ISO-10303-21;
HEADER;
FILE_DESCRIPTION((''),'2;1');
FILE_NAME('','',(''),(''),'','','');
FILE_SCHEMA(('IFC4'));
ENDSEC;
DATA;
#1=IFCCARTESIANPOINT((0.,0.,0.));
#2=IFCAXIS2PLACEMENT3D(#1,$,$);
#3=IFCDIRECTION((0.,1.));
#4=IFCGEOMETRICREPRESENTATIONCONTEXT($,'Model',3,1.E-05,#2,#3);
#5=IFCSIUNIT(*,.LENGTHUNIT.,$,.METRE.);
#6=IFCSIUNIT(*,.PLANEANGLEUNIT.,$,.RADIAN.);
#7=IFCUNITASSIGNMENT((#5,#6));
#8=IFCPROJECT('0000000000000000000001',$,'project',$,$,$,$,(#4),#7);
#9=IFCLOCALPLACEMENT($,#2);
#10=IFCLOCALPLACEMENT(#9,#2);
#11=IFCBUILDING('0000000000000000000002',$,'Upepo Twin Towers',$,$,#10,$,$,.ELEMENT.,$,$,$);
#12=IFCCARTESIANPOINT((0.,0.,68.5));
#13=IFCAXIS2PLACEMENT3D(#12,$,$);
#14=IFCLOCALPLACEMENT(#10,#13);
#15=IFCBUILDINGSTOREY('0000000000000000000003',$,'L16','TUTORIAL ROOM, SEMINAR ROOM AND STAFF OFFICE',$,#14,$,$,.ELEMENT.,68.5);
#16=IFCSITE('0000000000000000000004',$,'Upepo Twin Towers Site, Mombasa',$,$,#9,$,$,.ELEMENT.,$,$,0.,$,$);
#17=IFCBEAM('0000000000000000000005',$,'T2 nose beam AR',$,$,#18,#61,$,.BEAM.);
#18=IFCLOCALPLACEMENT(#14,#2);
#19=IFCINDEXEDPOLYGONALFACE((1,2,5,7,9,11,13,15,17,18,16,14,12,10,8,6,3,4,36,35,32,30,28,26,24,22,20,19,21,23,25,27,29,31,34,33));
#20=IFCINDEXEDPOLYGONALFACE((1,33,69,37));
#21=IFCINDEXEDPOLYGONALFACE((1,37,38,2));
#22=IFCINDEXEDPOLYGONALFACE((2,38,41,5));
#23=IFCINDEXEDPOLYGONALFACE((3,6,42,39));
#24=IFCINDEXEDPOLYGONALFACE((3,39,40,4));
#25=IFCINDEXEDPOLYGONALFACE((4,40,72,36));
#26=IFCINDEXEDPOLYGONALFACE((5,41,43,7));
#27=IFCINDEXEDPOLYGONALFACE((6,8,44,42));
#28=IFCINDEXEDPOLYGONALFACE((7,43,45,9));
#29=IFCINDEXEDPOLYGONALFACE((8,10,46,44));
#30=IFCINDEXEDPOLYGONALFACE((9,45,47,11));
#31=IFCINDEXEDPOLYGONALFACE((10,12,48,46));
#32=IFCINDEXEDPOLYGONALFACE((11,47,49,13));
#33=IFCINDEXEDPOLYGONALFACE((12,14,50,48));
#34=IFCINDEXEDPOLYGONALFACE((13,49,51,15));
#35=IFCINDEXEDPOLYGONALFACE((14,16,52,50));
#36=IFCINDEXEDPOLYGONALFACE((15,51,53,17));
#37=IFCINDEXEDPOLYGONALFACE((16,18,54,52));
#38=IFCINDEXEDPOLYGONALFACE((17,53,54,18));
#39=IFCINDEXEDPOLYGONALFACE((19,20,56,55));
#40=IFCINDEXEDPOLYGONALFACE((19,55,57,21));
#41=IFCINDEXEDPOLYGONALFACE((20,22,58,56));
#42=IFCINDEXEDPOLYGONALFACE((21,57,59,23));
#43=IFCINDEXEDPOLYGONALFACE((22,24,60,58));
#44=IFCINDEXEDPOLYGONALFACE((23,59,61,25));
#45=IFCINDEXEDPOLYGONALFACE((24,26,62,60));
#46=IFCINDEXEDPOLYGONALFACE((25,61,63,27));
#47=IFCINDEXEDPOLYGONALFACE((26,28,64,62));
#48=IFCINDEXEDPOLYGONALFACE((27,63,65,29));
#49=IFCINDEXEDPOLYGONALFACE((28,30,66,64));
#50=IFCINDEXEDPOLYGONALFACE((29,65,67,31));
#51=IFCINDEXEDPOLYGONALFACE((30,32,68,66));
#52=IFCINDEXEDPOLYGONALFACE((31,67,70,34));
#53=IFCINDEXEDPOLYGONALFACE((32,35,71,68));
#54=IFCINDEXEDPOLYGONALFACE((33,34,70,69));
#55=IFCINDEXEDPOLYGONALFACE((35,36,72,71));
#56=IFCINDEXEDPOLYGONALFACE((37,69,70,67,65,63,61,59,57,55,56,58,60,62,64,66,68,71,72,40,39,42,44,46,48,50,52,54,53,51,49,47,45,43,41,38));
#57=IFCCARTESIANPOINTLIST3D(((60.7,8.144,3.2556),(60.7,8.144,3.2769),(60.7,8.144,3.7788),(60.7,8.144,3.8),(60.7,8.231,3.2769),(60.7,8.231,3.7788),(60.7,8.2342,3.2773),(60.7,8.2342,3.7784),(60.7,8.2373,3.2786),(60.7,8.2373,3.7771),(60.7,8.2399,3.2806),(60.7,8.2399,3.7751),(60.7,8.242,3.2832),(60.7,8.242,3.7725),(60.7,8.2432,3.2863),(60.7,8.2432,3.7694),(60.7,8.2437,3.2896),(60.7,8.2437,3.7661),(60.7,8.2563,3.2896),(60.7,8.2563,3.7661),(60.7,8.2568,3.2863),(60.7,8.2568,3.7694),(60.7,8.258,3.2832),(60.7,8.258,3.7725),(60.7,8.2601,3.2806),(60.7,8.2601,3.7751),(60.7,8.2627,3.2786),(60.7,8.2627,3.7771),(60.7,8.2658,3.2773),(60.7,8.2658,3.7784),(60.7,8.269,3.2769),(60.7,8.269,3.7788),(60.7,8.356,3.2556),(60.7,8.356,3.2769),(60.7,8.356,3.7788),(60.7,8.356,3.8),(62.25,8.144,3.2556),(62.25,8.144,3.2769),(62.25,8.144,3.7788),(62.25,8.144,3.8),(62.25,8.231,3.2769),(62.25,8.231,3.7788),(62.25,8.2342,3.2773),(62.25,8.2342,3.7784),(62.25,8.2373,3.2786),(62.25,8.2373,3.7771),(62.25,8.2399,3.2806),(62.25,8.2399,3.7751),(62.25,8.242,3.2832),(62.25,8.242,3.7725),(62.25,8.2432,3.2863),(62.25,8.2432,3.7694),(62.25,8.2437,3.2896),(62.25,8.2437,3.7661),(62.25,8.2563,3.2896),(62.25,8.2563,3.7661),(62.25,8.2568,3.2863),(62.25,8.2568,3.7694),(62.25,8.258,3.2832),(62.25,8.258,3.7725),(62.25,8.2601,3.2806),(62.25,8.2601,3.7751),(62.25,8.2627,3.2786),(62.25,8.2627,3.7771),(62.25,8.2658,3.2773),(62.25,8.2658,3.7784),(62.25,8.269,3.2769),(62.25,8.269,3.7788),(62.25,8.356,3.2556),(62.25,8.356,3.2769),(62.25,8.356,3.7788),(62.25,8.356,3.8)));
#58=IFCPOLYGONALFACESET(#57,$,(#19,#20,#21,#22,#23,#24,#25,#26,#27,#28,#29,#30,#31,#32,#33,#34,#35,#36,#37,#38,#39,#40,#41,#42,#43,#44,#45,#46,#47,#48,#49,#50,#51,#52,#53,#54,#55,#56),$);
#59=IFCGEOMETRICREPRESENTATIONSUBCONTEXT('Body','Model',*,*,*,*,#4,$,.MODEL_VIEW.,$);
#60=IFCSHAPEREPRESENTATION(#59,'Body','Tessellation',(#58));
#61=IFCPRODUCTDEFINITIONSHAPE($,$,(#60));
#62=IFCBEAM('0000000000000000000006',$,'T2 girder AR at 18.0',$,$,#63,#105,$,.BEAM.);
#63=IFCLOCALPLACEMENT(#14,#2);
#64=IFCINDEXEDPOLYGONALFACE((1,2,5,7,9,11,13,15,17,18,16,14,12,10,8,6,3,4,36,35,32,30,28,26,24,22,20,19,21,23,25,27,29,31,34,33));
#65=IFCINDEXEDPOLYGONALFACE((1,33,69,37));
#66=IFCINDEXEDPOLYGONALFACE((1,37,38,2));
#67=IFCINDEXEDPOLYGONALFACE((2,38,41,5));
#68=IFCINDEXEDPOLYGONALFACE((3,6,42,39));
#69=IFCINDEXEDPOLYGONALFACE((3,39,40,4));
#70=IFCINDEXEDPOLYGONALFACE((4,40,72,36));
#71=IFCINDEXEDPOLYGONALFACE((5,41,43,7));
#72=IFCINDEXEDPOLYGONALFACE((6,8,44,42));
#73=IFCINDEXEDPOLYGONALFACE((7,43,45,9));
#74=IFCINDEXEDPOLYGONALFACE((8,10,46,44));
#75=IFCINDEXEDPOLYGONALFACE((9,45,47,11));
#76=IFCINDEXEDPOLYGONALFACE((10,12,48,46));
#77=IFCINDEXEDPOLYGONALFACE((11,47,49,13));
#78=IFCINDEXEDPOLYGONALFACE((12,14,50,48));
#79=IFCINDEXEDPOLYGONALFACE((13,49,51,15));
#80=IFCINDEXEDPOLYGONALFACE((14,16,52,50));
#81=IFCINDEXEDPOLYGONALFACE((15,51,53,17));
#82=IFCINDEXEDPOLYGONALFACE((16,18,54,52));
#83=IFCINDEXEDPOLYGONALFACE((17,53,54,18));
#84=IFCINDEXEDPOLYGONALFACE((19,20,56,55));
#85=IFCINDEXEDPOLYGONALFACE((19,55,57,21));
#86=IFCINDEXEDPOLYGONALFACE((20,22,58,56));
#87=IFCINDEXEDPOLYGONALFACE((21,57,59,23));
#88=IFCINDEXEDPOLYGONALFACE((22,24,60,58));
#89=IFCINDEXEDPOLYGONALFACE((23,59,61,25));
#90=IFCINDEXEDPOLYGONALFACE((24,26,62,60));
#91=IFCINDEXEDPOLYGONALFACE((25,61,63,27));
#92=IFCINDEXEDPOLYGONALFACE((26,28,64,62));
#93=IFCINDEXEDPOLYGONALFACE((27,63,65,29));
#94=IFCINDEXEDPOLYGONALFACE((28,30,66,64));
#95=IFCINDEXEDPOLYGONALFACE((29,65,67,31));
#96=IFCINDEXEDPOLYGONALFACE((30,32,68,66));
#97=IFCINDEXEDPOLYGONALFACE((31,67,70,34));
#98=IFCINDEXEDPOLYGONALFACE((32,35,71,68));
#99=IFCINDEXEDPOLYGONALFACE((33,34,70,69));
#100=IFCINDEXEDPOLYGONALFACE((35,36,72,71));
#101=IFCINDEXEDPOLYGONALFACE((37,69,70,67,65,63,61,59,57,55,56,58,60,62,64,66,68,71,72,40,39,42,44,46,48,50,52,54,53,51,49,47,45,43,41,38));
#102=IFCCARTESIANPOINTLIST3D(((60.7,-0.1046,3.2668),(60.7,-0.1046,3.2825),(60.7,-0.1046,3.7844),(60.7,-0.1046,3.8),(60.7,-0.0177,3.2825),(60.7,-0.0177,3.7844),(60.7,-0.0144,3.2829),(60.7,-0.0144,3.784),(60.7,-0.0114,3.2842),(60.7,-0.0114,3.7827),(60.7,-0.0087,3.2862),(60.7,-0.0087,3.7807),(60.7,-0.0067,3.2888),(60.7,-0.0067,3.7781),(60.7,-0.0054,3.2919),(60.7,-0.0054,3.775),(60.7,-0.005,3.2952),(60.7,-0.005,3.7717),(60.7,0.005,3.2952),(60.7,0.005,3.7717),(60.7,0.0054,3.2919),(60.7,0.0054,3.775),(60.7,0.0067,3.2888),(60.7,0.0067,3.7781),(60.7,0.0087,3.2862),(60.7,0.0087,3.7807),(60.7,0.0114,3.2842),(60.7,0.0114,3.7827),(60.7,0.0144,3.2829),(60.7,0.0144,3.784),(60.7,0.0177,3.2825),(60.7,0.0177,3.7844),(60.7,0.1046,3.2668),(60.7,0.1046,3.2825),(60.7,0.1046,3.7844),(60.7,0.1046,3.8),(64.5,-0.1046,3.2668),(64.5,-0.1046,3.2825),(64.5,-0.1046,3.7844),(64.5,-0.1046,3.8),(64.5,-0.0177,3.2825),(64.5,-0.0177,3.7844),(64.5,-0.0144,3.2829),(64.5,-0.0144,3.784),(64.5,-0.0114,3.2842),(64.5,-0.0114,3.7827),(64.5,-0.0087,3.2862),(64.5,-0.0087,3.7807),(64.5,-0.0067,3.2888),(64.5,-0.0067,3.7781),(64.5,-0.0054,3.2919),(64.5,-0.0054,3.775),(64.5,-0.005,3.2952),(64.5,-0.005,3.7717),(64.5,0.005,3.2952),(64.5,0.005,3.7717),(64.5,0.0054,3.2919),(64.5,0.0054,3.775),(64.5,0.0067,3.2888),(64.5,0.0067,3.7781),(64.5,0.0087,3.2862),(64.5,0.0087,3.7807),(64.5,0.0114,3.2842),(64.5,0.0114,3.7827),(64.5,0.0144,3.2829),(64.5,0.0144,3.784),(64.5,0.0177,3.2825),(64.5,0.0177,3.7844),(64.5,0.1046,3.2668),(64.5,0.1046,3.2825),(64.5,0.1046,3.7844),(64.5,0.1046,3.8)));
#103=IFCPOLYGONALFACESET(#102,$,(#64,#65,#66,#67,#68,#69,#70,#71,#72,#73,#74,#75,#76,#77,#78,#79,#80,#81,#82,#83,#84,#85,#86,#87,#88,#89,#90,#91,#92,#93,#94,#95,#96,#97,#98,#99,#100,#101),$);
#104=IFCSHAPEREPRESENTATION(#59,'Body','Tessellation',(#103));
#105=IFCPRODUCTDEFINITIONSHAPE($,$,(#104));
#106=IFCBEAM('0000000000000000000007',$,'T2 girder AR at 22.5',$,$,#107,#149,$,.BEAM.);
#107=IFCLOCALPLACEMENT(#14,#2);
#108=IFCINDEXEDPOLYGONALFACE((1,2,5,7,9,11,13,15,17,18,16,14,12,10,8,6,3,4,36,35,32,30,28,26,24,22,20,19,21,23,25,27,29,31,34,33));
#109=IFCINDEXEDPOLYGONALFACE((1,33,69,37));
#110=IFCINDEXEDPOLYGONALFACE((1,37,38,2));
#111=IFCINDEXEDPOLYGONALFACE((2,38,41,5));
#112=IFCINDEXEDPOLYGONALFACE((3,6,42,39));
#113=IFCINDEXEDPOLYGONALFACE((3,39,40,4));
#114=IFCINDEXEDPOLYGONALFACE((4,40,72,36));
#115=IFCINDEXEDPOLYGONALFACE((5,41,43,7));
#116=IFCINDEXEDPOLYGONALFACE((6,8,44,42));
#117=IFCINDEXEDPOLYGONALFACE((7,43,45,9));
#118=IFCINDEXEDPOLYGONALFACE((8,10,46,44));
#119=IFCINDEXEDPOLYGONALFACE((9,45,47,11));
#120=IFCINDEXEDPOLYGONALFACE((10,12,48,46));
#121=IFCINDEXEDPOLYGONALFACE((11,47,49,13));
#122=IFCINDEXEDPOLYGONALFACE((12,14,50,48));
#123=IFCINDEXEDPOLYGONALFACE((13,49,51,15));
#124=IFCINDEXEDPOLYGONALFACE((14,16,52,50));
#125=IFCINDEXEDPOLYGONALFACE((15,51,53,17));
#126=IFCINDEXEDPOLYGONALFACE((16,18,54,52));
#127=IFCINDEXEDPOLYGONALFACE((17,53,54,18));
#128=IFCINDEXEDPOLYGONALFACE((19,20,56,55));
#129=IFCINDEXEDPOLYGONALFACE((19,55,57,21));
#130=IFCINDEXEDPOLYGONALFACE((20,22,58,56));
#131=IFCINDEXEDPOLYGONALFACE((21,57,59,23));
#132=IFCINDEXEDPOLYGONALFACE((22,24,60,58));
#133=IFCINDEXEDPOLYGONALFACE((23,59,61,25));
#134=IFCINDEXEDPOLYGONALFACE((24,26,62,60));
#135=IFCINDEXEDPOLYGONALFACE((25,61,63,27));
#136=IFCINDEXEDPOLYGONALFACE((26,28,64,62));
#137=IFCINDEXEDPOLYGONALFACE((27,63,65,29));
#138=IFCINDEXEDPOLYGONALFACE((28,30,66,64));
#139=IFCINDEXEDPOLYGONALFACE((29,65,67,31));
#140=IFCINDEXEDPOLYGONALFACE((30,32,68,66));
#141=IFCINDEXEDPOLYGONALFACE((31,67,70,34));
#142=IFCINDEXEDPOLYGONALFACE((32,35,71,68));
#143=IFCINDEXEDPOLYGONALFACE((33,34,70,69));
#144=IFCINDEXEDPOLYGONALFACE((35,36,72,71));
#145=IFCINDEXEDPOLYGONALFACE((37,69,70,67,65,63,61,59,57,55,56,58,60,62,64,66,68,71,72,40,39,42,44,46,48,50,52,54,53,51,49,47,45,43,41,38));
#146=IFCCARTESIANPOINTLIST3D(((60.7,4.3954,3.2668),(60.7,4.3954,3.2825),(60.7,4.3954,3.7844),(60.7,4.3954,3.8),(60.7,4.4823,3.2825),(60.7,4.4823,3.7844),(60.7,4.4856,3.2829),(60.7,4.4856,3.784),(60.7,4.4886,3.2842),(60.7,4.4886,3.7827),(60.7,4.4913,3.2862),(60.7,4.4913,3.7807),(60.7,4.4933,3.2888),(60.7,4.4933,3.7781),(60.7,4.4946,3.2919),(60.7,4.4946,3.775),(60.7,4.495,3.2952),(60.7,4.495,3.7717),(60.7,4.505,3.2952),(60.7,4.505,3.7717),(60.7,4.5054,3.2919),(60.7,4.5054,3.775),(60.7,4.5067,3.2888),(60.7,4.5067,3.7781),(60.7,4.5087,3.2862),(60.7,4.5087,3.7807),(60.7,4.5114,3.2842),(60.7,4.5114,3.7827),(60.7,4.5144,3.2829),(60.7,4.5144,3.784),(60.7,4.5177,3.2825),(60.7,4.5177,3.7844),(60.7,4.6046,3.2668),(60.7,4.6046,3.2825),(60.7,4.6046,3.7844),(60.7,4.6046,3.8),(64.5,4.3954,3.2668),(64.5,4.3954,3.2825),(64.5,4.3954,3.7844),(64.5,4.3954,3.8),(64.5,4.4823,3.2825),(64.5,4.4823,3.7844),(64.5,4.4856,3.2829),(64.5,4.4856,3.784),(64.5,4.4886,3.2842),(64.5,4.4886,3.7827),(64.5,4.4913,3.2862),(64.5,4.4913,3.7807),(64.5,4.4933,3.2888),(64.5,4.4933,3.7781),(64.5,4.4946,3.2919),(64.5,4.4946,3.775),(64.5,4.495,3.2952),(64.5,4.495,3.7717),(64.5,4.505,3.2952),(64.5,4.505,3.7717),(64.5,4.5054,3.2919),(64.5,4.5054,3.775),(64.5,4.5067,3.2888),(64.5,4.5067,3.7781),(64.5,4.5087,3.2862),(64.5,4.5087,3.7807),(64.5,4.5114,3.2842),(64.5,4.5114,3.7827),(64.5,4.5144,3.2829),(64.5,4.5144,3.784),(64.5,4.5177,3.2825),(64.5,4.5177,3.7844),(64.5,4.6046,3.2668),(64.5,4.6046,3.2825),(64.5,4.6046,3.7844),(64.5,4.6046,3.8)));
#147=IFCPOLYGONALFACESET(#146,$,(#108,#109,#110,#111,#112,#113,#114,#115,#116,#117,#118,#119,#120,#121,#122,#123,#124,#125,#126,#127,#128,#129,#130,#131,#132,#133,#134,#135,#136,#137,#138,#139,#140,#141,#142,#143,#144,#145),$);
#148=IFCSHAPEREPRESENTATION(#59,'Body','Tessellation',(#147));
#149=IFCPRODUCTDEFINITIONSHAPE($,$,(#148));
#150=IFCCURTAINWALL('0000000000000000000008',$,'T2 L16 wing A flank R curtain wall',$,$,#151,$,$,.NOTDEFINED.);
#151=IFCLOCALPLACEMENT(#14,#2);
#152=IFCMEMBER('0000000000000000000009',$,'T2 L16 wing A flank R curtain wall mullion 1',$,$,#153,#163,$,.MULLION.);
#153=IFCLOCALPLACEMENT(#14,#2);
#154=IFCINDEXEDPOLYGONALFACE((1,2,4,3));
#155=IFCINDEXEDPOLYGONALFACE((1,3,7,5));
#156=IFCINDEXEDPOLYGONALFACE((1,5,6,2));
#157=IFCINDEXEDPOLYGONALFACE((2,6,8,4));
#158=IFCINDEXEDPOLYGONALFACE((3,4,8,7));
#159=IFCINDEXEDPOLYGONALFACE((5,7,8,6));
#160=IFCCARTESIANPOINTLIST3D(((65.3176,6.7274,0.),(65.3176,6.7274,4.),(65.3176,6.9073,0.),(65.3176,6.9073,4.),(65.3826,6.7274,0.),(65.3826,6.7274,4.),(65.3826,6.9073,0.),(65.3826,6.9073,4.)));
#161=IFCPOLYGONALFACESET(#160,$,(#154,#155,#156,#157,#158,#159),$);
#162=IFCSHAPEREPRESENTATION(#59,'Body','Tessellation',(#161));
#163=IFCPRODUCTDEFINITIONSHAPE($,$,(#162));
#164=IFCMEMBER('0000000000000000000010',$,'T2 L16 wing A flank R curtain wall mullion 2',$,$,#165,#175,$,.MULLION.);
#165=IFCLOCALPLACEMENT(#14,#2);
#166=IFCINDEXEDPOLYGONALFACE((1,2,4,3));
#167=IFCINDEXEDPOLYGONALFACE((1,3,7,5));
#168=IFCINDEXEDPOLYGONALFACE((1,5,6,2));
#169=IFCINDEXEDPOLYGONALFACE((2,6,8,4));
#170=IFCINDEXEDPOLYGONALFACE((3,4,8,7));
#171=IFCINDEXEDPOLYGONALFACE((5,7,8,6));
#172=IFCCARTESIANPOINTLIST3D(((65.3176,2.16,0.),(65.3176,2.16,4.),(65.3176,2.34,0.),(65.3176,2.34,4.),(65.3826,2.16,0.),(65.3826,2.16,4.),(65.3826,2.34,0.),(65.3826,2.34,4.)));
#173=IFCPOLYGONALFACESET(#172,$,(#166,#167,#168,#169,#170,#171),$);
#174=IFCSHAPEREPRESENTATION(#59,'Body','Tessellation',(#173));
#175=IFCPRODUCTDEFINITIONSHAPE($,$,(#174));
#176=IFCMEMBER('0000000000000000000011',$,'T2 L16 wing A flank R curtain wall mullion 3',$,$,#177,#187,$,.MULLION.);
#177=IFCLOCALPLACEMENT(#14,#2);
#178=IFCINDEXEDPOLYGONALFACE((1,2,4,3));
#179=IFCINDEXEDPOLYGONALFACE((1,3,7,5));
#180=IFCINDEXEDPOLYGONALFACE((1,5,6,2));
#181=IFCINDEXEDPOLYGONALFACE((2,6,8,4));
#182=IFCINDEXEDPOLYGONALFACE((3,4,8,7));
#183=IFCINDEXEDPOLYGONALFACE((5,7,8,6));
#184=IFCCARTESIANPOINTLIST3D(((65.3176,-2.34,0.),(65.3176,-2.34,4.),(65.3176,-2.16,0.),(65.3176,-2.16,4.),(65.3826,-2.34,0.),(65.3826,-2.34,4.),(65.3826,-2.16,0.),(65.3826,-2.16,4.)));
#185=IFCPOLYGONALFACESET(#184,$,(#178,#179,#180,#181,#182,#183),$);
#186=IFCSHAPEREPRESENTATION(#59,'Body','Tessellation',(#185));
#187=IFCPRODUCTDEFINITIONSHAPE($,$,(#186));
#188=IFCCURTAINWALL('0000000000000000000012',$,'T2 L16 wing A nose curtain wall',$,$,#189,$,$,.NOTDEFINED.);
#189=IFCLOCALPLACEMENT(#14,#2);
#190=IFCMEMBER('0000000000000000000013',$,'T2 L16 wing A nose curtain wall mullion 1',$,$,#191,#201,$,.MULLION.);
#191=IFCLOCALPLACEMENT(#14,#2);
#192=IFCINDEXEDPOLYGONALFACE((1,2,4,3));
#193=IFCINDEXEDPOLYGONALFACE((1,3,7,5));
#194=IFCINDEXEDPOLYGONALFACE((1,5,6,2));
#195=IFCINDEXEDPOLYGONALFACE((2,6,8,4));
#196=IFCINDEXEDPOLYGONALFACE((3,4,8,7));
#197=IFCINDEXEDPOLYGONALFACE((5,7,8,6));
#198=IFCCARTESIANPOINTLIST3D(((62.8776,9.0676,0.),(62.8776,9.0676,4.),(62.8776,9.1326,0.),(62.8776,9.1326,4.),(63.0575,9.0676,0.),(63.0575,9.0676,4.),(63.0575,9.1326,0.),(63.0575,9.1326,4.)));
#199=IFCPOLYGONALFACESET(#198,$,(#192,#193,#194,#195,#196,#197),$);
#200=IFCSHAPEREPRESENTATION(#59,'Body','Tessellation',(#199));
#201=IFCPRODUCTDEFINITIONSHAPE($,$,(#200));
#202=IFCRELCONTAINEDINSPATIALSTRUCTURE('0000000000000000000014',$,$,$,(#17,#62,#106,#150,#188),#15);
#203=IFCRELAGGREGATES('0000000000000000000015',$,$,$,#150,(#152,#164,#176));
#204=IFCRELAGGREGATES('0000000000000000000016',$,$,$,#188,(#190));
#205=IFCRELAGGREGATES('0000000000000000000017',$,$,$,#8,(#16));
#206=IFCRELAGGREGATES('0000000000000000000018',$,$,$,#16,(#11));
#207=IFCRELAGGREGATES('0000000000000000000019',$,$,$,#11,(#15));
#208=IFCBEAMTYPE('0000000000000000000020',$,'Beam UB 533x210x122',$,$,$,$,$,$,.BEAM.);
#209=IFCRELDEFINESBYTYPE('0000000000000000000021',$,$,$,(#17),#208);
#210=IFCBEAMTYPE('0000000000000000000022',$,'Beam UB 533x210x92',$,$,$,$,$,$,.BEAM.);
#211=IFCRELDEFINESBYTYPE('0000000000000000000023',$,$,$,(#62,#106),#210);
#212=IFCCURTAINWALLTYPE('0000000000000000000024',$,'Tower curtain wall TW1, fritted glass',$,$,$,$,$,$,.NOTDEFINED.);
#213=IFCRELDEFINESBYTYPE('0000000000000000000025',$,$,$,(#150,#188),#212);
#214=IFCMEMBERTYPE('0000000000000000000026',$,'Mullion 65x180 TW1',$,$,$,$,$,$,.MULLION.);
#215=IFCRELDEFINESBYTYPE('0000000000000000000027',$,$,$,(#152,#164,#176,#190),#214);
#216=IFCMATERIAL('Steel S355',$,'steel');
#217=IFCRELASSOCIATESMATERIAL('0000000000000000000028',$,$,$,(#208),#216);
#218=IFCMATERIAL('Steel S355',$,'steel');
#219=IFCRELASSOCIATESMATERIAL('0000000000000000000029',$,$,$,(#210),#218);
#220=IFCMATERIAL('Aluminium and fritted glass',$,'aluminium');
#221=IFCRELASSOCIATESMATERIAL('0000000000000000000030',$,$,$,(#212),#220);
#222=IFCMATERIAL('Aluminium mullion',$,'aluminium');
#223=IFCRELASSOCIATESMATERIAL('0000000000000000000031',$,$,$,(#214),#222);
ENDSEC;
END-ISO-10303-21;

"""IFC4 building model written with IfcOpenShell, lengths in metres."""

from ifc_helpers import new_model, si_unit, direction, frame, origin, origin_2d, place, context, subcontext, project, spatial, rectangle, i_section, extrude, material, material_profile, profile_set, type_object, element, aggregate, save


model = new_model("IFC4")

# Units and contexts
model_context = context("Model", 3, precision=1e-05, world=origin(), true_north=direction((0.0, 1.0)))
body_context = subcontext(model_context, "Body", "Model", "MODEL_VIEW")
ifc_project = project(units=[si_unit("LENGTHUNIT", "METRE"), si_unit("PLANEANGLEUNIT", "RADIAN")], contexts=[model_context])

# Site, building, storey
site_placement = place(None, origin())
site = spatial("IfcSite", under=ifc_project, at=site_placement, Name="Upepo Twin Towers Site, Mombasa", CompositionType="ELEMENT", RefElevation=0.0)
building_placement = place(site_placement, origin())
building = spatial("IfcBuilding", under=site, at=building_placement, Name="Upepo Twin Towers", CompositionType="ELEMENT")
storey_placement = place(building_placement, frame((0.0, 0.0, 68.5)))
storey = spatial("IfcBuildingStorey", under=building, at=storey_placement, Name="L16", Description="TUTORIAL ROOM, SEMINAR ROOM AND STAFF OFFICE", CompositionType="ELEMENT", Elevation=68.5)

# Beams
ifc_material_1 = material(Name="Steel S355", Category="steel")
ifc_material_profile_1 = material_profile(ifc_material_1, i_section(OverallWidth=0.2119, OverallDepth=0.5444, WebThickness=0.0127, FlangeThickness=0.0212, FilletRadius=0.0127, at=origin_2d()), Name="UB 533x210x122")
ifc_profile_set_1 = profile_set([ifc_material_profile_1], Name="Steel S355")
beam_type_1 = type_object("IfcBeamType", Name="Beam UB 533x210x122", PredefinedType="BEAM", material=ifc_profile_set_1)
beam_1_placement = place(storey_placement, frame((62.25, 8.25, 3.5278), z_axis=(-1.0, 0.0, 0.0), x_axis=(0.0, -1.0, 0.0)))
element("IfcBeam", 1, at=beam_1_placement, inside=storey, type_object=beam_type_1, Name="T2 nose beam AR", PredefinedType="BEAM", context=body_context, shape_type="SweptSolid", body=[
    extrude(i_section(OverallWidth=0.2119, OverallDepth=0.5444, WebThickness=0.0127, FlangeThickness=0.0212, FilletRadius=0.0127, at=origin_2d()), origin(), (0.0, 0.0, 1.0), 1.55),
])
ifc_material_2 = material(Name="Steel S355", Category="steel")
ifc_material_profile_2 = material_profile(ifc_material_2, i_section(OverallWidth=0.2092, OverallDepth=0.5332, WebThickness=0.01, FlangeThickness=0.0156, FilletRadius=0.0127, at=origin_2d()), Name="UB 533x210x92")
ifc_profile_set_2 = profile_set([ifc_material_profile_2], Name="Steel S355")
beam_type_2 = type_object("IfcBeamType", Name="Beam UB 533x210x92", PredefinedType="BEAM", material=ifc_profile_set_2)
for number, where, z_axis, x_axis, name in (
    (2, (64.5, 0.0, 3.5334), (-1.0, 0.0, 0.0), (0.0, -1.0, 0.0), "T2 girder AR at 18.0"),
    (3, (64.5, 4.5, 3.5334), (-1.0, 0.0, 0.0), (0.0, -1.0, 0.0), "T2 girder AR at 22.5"),
):
    element("IfcBeam", number, at=place(storey_placement, frame(where, z_axis=z_axis, x_axis=x_axis)), inside=storey, type_object=beam_type_2, Name=name, PredefinedType="BEAM", context=body_context, shape_type="SweptSolid", body=[
        extrude(i_section(OverallWidth=0.2092, OverallDepth=0.5332, WebThickness=0.01, FlangeThickness=0.0156, FilletRadius=0.0127, at=origin_2d()), origin(), (0.0, 0.0, 1.0), 3.8),
    ])

# Curtain walls, members
ifc_material_3 = material(Name="Aluminium and fritted glass", Category="aluminium")
curtain_wall_type = type_object("IfcCurtainWallType", Name="Tower curtain wall TW1, fritted glass", PredefinedType="NOTDEFINED", material=ifc_material_3)
curtain_wall_1_placement = place(storey_placement, origin())
curtain_wall_1 = element("IfcCurtainWall", 4, at=curtain_wall_1_placement, inside=storey, type_object=curtain_wall_type, Name="T2 L16 wing A flank R curtain wall", PredefinedType="NOTDEFINED")
ifc_material_4 = material(Name="Aluminium mullion", Category="aluminium")
ifc_material_profile_3 = material_profile(ifc_material_4, rectangle(XDim=0.0649, YDim=0.1799, at=origin_2d()), Name="MULLION 65x180")
ifc_profile_set_3 = profile_set([ifc_material_profile_3], Name="Aluminium mullion")
member_type_1 = type_object("IfcMemberType", Name="Mullion 65x180 TW1", PredefinedType="MULLION", material=ifc_profile_set_3)
member_1_placement = place(storey_placement, frame((65.3501, 6.8174, 0.0), z_axis=(0.0, 0.0, 1.0), x_axis=(1.0, 0.0, 0.0)))
member_1 = element("IfcMember", 5, at=member_1_placement, type_object=member_type_1, Name="T2 L16 wing A flank R curtain wall mullion 1", PredefinedType="MULLION", context=body_context, shape_type="SweptSolid", body=[
    extrude(rectangle(XDim=0.0649, YDim=0.1799, at=origin_2d()), origin(), (0.0, 0.0, 1.0), 4.0),
])
member_2_placement = place(storey_placement, frame((65.3501, 2.25, 0.0), z_axis=(0.0, 0.0, 1.0), x_axis=(1.0, 0.0, 0.0)))
member_2 = element("IfcMember", 6, at=member_2_placement, type_object=member_type_1, Name="T2 L16 wing A flank R curtain wall mullion 2", PredefinedType="MULLION", context=body_context, shape_type="SweptSolid", body=[
    extrude(rectangle(XDim=0.0649, YDim=0.1799, at=origin_2d()), origin(), (0.0, 0.0, 1.0), 4.0),
])
member_3_placement = place(storey_placement, frame((65.3501, -2.25, 0.0), z_axis=(0.0, 0.0, 1.0), x_axis=(1.0, 0.0, 0.0)))
member_3 = element("IfcMember", 7, at=member_3_placement, type_object=member_type_1, Name="T2 L16 wing A flank R curtain wall mullion 3", PredefinedType="MULLION", context=body_context, shape_type="SweptSolid", body=[
    extrude(rectangle(XDim=0.0649, YDim=0.1799, at=origin_2d()), origin(), (0.0, 0.0, 1.0), 4.0),
])
curtain_wall_2_placement = place(storey_placement, origin())
curtain_wall_2 = element("IfcCurtainWall", 8, at=curtain_wall_2_placement, inside=storey, type_object=curtain_wall_type, Name="T2 L16 wing A nose curtain wall", PredefinedType="NOTDEFINED")
member_4_placement = place(storey_placement, frame((62.9675, 9.1001, 0.0), z_axis=(0.0, 0.0, 1.0), x_axis=(0.0, -1.0, 0.0)))
member_4 = element("IfcMember", 9, at=member_4_placement, type_object=member_type_1, Name="T2 L16 wing A nose curtain wall mullion 1", PredefinedType="MULLION", context=body_context, shape_type="SweptSolid", body=[
    extrude(rectangle(XDim=0.0649, YDim=0.1799, at=origin_2d()), origin(), (0.0, 0.0, 1.0), 4.0),
])

aggregate(curtain_wall_1, [member_1, member_2, member_3])
aggregate(curtain_wall_2, [member_4])

save(model, "model.ifc")
